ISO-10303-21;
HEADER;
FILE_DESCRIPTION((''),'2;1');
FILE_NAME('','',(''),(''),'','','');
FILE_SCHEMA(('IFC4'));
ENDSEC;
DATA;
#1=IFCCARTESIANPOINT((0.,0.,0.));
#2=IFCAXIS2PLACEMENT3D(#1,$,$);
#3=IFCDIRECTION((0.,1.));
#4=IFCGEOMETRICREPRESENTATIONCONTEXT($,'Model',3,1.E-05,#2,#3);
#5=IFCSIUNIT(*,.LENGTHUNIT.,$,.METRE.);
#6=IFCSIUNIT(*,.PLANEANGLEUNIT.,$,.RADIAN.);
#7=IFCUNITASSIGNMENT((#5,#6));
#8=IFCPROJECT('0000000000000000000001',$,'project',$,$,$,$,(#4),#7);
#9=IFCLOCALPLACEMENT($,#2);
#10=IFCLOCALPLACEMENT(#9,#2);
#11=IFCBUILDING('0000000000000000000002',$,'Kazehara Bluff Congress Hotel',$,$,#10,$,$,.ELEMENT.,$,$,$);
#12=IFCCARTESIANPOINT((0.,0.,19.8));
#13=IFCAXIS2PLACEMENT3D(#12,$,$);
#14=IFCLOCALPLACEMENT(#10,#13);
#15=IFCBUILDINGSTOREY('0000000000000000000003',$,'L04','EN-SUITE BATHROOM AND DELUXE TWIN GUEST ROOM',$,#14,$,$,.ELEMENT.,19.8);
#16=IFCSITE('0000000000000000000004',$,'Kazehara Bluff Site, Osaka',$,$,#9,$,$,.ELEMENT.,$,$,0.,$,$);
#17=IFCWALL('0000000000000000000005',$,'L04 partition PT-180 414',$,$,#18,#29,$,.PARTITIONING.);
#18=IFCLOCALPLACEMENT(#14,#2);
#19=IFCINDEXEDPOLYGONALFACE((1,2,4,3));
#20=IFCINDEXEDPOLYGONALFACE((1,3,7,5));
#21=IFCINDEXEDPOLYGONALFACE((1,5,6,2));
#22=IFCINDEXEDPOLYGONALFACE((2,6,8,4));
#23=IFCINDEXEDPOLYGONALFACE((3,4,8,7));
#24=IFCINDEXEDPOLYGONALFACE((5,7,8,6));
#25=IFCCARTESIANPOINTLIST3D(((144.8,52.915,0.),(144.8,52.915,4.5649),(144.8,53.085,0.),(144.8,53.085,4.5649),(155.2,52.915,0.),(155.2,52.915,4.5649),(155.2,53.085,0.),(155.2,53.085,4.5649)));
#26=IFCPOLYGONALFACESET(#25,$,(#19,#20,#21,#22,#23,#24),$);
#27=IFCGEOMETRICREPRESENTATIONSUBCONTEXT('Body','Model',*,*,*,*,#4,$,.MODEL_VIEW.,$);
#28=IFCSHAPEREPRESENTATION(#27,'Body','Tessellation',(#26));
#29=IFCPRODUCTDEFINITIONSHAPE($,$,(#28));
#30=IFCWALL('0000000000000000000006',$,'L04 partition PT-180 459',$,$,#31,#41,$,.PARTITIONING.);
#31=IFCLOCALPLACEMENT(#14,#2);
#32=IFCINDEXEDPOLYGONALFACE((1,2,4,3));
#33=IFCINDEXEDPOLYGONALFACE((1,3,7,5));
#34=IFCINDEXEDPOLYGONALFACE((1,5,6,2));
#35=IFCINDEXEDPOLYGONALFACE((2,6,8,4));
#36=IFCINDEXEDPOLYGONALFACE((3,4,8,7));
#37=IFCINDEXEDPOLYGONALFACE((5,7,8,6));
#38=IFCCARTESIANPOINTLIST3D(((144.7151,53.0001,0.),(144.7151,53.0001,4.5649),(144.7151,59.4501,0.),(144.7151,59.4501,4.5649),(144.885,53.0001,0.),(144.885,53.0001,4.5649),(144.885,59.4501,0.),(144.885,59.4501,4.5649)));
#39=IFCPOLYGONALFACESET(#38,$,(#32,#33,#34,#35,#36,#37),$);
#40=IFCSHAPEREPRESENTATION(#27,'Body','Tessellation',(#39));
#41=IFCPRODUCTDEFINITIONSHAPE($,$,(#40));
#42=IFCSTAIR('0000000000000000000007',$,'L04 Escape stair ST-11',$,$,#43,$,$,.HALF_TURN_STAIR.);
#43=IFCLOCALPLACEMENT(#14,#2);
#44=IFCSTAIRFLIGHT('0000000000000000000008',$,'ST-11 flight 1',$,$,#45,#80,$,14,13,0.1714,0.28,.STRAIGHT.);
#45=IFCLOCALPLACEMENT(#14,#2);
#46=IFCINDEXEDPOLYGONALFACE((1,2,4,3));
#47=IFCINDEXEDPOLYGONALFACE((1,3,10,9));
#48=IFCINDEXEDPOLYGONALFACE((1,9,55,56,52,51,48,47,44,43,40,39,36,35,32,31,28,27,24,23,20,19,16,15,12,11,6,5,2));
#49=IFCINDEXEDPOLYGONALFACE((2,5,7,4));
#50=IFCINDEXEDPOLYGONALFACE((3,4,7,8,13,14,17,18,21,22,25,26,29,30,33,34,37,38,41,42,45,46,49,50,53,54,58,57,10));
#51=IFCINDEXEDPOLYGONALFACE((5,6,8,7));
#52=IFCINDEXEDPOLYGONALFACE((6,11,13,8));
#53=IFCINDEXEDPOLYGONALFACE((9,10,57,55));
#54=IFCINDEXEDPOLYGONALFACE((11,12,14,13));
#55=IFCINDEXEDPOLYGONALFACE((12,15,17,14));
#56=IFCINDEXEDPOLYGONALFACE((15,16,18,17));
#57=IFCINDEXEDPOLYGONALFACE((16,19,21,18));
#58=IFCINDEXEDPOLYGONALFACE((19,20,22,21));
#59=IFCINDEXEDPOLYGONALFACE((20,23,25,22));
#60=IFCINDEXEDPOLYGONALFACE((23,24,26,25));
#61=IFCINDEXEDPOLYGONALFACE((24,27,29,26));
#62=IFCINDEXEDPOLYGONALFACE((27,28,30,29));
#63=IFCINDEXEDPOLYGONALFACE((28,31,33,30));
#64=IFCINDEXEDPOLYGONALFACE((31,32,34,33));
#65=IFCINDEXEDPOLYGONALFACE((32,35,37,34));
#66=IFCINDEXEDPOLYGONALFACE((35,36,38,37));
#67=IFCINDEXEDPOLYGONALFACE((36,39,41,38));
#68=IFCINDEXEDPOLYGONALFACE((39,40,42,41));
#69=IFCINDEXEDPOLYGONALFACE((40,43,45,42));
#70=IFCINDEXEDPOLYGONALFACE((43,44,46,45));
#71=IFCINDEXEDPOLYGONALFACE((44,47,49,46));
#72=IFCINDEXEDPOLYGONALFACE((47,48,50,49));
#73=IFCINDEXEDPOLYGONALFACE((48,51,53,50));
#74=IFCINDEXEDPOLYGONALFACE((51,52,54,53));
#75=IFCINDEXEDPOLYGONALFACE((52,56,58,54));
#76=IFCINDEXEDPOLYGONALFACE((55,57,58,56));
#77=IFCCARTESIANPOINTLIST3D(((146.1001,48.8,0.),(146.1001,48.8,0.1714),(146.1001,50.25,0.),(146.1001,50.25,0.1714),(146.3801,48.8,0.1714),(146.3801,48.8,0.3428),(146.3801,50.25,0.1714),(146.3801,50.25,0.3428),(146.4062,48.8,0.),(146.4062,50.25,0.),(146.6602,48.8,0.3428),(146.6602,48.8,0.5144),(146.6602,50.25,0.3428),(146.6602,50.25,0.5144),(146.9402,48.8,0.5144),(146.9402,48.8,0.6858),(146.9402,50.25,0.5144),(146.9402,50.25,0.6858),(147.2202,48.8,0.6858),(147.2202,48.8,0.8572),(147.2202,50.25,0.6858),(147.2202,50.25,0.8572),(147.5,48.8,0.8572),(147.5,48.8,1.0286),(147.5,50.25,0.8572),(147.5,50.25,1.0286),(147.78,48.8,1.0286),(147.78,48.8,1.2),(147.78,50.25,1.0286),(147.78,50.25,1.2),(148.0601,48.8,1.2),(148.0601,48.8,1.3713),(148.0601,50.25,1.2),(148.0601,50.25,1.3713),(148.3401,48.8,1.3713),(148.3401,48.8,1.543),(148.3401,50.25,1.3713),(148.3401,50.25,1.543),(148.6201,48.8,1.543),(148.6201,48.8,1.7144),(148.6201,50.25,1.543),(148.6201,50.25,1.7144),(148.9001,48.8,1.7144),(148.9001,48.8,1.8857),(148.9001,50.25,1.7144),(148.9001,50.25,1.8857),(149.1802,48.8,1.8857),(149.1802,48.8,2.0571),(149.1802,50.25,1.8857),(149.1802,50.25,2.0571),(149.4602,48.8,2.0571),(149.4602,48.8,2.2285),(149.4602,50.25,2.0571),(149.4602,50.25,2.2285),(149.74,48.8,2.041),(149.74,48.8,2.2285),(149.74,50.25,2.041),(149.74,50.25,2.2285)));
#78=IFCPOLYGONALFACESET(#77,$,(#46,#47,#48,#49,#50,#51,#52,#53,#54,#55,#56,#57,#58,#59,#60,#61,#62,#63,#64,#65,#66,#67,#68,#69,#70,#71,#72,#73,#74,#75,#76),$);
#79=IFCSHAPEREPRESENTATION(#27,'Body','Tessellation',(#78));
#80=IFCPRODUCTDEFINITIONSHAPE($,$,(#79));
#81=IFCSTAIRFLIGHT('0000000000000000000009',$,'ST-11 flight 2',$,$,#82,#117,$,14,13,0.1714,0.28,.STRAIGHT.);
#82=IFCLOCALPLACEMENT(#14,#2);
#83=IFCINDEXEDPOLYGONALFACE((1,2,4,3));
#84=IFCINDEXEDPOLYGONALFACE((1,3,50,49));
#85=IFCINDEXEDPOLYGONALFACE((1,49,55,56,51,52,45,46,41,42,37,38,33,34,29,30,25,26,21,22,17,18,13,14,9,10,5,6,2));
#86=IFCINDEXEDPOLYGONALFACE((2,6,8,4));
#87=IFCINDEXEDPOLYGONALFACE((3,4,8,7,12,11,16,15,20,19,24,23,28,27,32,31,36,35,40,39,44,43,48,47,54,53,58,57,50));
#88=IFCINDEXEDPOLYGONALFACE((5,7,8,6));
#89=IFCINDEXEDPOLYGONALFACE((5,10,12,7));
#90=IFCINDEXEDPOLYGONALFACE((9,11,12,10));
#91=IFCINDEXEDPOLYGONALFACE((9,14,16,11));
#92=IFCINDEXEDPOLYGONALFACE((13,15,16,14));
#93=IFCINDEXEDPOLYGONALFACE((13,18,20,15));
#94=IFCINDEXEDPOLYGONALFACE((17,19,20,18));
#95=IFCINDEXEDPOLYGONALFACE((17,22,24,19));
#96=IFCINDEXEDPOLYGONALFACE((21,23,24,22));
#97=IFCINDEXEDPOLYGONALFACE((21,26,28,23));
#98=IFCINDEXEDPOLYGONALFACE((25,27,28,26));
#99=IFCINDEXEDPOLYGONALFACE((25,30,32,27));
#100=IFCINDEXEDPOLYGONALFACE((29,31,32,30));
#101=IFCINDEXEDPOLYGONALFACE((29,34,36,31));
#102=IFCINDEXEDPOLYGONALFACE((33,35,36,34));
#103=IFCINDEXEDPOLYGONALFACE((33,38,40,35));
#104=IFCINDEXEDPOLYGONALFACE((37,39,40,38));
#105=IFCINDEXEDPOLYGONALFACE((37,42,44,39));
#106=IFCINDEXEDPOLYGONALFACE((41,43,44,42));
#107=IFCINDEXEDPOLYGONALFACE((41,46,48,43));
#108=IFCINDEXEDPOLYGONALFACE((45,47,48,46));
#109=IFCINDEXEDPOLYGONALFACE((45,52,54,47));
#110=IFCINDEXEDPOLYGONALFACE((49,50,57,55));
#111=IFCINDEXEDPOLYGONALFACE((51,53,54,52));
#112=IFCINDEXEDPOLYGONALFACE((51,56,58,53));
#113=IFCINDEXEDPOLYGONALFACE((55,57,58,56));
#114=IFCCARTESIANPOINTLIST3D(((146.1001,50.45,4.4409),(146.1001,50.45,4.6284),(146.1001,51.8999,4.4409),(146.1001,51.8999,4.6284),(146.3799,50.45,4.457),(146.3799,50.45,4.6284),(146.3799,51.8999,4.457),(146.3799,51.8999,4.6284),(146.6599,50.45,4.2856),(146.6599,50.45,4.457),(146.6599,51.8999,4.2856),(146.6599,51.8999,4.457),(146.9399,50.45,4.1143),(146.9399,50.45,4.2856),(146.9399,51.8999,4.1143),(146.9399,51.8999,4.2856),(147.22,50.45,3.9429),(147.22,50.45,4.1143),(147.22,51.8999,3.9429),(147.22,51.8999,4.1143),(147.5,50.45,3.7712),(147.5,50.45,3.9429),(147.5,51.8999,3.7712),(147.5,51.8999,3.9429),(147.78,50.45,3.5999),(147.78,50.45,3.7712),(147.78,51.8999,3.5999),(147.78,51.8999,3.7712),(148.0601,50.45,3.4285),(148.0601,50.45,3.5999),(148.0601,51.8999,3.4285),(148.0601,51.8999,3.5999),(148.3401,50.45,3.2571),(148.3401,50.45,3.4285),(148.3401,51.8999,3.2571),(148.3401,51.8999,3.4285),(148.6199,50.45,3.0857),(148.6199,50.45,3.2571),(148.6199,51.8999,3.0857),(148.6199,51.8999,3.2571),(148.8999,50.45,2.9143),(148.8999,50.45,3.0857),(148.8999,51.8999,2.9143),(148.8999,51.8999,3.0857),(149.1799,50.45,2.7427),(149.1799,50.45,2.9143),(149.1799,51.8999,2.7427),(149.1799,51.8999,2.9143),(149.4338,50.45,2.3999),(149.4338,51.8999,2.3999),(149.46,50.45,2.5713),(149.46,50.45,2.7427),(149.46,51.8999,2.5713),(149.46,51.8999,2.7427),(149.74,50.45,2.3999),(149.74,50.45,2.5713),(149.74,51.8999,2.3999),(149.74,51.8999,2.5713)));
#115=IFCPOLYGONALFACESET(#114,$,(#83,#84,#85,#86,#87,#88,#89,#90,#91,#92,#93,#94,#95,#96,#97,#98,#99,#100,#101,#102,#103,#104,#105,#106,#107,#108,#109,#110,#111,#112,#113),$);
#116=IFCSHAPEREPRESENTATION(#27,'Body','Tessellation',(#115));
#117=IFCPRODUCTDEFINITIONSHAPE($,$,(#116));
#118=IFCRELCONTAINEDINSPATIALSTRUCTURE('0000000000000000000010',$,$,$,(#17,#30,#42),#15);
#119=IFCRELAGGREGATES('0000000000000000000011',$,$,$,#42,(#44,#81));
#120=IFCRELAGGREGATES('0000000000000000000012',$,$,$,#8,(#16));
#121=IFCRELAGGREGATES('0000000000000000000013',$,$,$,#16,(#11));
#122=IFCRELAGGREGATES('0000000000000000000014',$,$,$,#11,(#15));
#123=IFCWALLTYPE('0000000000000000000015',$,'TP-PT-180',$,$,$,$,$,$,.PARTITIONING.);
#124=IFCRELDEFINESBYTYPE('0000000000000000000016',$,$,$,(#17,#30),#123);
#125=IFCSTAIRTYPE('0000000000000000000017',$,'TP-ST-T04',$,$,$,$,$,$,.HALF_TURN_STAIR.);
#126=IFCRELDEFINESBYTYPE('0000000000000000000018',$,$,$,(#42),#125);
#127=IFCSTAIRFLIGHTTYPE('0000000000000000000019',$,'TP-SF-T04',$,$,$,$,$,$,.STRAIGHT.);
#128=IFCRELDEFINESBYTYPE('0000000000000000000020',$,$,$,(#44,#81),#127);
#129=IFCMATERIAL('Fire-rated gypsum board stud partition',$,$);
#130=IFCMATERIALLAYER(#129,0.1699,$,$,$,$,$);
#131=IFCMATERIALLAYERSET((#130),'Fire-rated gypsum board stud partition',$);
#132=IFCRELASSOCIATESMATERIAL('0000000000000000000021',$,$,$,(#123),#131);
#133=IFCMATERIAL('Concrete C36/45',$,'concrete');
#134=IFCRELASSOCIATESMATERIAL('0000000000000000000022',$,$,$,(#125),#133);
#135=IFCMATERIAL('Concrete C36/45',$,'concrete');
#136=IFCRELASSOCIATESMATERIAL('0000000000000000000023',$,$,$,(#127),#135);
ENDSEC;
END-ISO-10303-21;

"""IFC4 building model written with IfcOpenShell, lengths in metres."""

from ifc_helpers import new_model, si_unit, direction, frame, frame_2d, origin, place, context, subcontext, project, spatial, polyline, rectangle, outline, extrude, material, layer, layer_set, type_object, element, aggregate, save


model = new_model("IFC4")

# Units and contexts
model_context = context("Model", 3, precision=1e-05, world=origin(), true_north=direction((0.0, 1.0)))
body_context = subcontext(model_context, "Body", "Model", "MODEL_VIEW")
ifc_project = project(units=[si_unit("LENGTHUNIT", "METRE"), si_unit("PLANEANGLEUNIT", "RADIAN")], contexts=[model_context])

# Site, building, storey
site_placement = place(None, origin())
site = spatial("IfcSite", under=ifc_project, at=site_placement, Name="Kazehara Bluff Site, Osaka", CompositionType="ELEMENT", RefElevation=0.0)
building_placement = place(site_placement, origin())
building = spatial("IfcBuilding", under=site, at=building_placement, Name="Kazehara Bluff Congress Hotel", CompositionType="ELEMENT")
storey_placement = place(building_placement, frame((0.0, 0.0, 19.8)))
storey = spatial("IfcBuildingStorey", under=building, at=storey_placement, Name="L04", Description="EN-SUITE BATHROOM AND DELUXE TWIN GUEST ROOM", CompositionType="ELEMENT", Elevation=19.8)

# Walls
ifc_material_1 = material(Name="Fire-rated gypsum board stud partition")
ifc_layer_1 = layer(ifc_material_1, 0.1699)
ifc_layer_set_1 = layer_set([ifc_layer_1], Name="Fire-rated gypsum board stud partition")
wall_type_1 = type_object("IfcWallType", Name="TP-PT-180", PredefinedType="PARTITIONING", material=ifc_layer_set_1)
wall_1_placement = place(storey_placement, frame((144.8, 53.0, 0.0), z_axis=(0.0, 0.0, 1.0), x_axis=(1.0, 0.0, 0.0)))
element("IfcWall", 1, at=wall_1_placement, inside=storey, type_object=wall_type_1, Name="L04 partition PT-180 414", PredefinedType="PARTITIONING", context=body_context, shape_type="SweptSolid", body=[
    extrude(rectangle(XDim=10.3999, YDim=0.1699, at=frame_2d((5.2, 0.0))), origin(), (0.0, 0.0, 1.0), 4.5649),
])
wall_2_placement = place(storey_placement, frame((144.8, 53.0, 0.0), z_axis=(0.0, 0.0, 1.0), x_axis=(0.0, 1.0, 0.0)))
element("IfcWall", 2, at=wall_2_placement, inside=storey, type_object=wall_type_1, Name="L04 partition PT-180 459", PredefinedType="PARTITIONING", context=body_context, shape_type="SweptSolid", body=[
    extrude(rectangle(XDim=6.45, YDim=0.1699, at=frame_2d((3.2251, 0.0))), origin(), (0.0, 0.0, 1.0), 4.5649),
])

# Stair, stair flights
ifc_material_2 = material(Name="Concrete C36/45", Category="concrete")
stair_type = type_object("IfcStairType", Name="TP-ST-T04", PredefinedType="HALF_TURN_STAIR", material=ifc_material_2)
stair_placement = place(storey_placement, origin())
stair = element("IfcStair", 3, at=stair_placement, inside=storey, type_object=stair_type, Name="L04 Escape stair ST-11", PredefinedType="HALF_TURN_STAIR")
ifc_material_3 = material(Name="Concrete C36/45", Category="concrete")
stair_flight_type = type_object("IfcStairFlightType", Name="TP-SF-T04", PredefinedType="STRAIGHT", material=ifc_material_3)
stair_flight_1_placement = place(storey_placement, frame((146.1001, 49.5249, 0.0), z_axis=(0.0, 0.0, 1.0), x_axis=(1.0, 0.0, 0.0)))
stair_flight_1 = element("IfcStairFlight", 4, at=stair_flight_1_placement, type_object=stair_flight_type, Name="ST-11 flight 1", NumberOfRisers=14, NumberOfTreads=13, PredefinedType="STRAIGHT", RiserHeight=0.1714, TreadLength=0.28, context=body_context, shape_type="SweptSolid", body=[
    extrude(outline(polyline([(0.0, 0.0), (0.0, 0.1714), (0.28, 0.1714), (0.28, 0.3428), (0.5601, 0.3428), (0.5601, 0.5144), (0.8401, 0.5144), (0.8401, 0.6858), (1.1201, 0.6858), (1.1201, 0.8572), (1.3999, 0.8572), (1.3999, 1.0286), (1.6799, 1.0286), (1.6799, 1.2), (1.96, 1.2), (1.96, 1.3713), (2.24, 1.3713), (2.24, 1.543), (2.52, 1.543), (2.52, 1.7144), (2.8, 1.7144), (2.8, 1.8857), (3.0801, 1.8857), (3.0801, 2.0571), (3.3601, 2.0571), (3.3601, 2.2285), (3.6399, 2.2285), (3.6399, 2.3999), (3.6399, 2.041), (0.3062, 0.0), (0.0, 0.0)])), frame((0.0, 0.7251, 0.0), z_axis=(0.0, -1.0, 0.0), x_axis=(1.0, 0.0, 0.0)), (0.0, 0.0, 1.0), 1.45),
])
stair_flight_2_placement = place(storey_placement, frame((149.74, 51.175, 2.3999), z_axis=(0.0, 0.0, 1.0), x_axis=(-1.0, 0.0, 0.0)))
stair_flight_2 = element("IfcStairFlight", 5, at=stair_flight_2_placement, type_object=stair_flight_type, Name="ST-11 flight 2", NumberOfRisers=14, NumberOfTreads=13, PredefinedType="STRAIGHT", RiserHeight=0.1714, TreadLength=0.28, context=body_context, shape_type="SweptSolid", body=[
    extrude(outline(polyline([(0.0, 0.0), (0.0, 0.1714), (0.28, 0.1714), (0.28, 0.3428), (0.5601, 0.3428), (0.5601, 0.5144), (0.8401, 0.5144), (0.8401, 0.6858), (1.1201, 0.6858), (1.1201, 0.8572), (1.3999, 0.8572), (1.3999, 1.0286), (1.6799, 1.0286), (1.6799, 1.2), (1.96, 1.2), (1.96, 1.3713), (2.24, 1.3713), (2.24, 1.543), (2.52, 1.543), (2.52, 1.7144), (2.8, 1.7144), (2.8, 1.8857), (3.0801, 1.8857), (3.0801, 2.0571), (3.3601, 2.0571), (3.3601, 2.2285), (3.6399, 2.2285), (3.6399, 2.3999), (3.6399, 2.041), (0.3062, 0.0), (0.0, 0.0)])), frame((0.0, 0.7251, 0.0), z_axis=(0.0, -1.0, 0.0), x_axis=(1.0, 0.0, 0.0)), (0.0, 0.0, 1.0), 1.45),
])
aggregate(stair, [stair_flight_1, stair_flight_2])

save(model, "model.ifc")
